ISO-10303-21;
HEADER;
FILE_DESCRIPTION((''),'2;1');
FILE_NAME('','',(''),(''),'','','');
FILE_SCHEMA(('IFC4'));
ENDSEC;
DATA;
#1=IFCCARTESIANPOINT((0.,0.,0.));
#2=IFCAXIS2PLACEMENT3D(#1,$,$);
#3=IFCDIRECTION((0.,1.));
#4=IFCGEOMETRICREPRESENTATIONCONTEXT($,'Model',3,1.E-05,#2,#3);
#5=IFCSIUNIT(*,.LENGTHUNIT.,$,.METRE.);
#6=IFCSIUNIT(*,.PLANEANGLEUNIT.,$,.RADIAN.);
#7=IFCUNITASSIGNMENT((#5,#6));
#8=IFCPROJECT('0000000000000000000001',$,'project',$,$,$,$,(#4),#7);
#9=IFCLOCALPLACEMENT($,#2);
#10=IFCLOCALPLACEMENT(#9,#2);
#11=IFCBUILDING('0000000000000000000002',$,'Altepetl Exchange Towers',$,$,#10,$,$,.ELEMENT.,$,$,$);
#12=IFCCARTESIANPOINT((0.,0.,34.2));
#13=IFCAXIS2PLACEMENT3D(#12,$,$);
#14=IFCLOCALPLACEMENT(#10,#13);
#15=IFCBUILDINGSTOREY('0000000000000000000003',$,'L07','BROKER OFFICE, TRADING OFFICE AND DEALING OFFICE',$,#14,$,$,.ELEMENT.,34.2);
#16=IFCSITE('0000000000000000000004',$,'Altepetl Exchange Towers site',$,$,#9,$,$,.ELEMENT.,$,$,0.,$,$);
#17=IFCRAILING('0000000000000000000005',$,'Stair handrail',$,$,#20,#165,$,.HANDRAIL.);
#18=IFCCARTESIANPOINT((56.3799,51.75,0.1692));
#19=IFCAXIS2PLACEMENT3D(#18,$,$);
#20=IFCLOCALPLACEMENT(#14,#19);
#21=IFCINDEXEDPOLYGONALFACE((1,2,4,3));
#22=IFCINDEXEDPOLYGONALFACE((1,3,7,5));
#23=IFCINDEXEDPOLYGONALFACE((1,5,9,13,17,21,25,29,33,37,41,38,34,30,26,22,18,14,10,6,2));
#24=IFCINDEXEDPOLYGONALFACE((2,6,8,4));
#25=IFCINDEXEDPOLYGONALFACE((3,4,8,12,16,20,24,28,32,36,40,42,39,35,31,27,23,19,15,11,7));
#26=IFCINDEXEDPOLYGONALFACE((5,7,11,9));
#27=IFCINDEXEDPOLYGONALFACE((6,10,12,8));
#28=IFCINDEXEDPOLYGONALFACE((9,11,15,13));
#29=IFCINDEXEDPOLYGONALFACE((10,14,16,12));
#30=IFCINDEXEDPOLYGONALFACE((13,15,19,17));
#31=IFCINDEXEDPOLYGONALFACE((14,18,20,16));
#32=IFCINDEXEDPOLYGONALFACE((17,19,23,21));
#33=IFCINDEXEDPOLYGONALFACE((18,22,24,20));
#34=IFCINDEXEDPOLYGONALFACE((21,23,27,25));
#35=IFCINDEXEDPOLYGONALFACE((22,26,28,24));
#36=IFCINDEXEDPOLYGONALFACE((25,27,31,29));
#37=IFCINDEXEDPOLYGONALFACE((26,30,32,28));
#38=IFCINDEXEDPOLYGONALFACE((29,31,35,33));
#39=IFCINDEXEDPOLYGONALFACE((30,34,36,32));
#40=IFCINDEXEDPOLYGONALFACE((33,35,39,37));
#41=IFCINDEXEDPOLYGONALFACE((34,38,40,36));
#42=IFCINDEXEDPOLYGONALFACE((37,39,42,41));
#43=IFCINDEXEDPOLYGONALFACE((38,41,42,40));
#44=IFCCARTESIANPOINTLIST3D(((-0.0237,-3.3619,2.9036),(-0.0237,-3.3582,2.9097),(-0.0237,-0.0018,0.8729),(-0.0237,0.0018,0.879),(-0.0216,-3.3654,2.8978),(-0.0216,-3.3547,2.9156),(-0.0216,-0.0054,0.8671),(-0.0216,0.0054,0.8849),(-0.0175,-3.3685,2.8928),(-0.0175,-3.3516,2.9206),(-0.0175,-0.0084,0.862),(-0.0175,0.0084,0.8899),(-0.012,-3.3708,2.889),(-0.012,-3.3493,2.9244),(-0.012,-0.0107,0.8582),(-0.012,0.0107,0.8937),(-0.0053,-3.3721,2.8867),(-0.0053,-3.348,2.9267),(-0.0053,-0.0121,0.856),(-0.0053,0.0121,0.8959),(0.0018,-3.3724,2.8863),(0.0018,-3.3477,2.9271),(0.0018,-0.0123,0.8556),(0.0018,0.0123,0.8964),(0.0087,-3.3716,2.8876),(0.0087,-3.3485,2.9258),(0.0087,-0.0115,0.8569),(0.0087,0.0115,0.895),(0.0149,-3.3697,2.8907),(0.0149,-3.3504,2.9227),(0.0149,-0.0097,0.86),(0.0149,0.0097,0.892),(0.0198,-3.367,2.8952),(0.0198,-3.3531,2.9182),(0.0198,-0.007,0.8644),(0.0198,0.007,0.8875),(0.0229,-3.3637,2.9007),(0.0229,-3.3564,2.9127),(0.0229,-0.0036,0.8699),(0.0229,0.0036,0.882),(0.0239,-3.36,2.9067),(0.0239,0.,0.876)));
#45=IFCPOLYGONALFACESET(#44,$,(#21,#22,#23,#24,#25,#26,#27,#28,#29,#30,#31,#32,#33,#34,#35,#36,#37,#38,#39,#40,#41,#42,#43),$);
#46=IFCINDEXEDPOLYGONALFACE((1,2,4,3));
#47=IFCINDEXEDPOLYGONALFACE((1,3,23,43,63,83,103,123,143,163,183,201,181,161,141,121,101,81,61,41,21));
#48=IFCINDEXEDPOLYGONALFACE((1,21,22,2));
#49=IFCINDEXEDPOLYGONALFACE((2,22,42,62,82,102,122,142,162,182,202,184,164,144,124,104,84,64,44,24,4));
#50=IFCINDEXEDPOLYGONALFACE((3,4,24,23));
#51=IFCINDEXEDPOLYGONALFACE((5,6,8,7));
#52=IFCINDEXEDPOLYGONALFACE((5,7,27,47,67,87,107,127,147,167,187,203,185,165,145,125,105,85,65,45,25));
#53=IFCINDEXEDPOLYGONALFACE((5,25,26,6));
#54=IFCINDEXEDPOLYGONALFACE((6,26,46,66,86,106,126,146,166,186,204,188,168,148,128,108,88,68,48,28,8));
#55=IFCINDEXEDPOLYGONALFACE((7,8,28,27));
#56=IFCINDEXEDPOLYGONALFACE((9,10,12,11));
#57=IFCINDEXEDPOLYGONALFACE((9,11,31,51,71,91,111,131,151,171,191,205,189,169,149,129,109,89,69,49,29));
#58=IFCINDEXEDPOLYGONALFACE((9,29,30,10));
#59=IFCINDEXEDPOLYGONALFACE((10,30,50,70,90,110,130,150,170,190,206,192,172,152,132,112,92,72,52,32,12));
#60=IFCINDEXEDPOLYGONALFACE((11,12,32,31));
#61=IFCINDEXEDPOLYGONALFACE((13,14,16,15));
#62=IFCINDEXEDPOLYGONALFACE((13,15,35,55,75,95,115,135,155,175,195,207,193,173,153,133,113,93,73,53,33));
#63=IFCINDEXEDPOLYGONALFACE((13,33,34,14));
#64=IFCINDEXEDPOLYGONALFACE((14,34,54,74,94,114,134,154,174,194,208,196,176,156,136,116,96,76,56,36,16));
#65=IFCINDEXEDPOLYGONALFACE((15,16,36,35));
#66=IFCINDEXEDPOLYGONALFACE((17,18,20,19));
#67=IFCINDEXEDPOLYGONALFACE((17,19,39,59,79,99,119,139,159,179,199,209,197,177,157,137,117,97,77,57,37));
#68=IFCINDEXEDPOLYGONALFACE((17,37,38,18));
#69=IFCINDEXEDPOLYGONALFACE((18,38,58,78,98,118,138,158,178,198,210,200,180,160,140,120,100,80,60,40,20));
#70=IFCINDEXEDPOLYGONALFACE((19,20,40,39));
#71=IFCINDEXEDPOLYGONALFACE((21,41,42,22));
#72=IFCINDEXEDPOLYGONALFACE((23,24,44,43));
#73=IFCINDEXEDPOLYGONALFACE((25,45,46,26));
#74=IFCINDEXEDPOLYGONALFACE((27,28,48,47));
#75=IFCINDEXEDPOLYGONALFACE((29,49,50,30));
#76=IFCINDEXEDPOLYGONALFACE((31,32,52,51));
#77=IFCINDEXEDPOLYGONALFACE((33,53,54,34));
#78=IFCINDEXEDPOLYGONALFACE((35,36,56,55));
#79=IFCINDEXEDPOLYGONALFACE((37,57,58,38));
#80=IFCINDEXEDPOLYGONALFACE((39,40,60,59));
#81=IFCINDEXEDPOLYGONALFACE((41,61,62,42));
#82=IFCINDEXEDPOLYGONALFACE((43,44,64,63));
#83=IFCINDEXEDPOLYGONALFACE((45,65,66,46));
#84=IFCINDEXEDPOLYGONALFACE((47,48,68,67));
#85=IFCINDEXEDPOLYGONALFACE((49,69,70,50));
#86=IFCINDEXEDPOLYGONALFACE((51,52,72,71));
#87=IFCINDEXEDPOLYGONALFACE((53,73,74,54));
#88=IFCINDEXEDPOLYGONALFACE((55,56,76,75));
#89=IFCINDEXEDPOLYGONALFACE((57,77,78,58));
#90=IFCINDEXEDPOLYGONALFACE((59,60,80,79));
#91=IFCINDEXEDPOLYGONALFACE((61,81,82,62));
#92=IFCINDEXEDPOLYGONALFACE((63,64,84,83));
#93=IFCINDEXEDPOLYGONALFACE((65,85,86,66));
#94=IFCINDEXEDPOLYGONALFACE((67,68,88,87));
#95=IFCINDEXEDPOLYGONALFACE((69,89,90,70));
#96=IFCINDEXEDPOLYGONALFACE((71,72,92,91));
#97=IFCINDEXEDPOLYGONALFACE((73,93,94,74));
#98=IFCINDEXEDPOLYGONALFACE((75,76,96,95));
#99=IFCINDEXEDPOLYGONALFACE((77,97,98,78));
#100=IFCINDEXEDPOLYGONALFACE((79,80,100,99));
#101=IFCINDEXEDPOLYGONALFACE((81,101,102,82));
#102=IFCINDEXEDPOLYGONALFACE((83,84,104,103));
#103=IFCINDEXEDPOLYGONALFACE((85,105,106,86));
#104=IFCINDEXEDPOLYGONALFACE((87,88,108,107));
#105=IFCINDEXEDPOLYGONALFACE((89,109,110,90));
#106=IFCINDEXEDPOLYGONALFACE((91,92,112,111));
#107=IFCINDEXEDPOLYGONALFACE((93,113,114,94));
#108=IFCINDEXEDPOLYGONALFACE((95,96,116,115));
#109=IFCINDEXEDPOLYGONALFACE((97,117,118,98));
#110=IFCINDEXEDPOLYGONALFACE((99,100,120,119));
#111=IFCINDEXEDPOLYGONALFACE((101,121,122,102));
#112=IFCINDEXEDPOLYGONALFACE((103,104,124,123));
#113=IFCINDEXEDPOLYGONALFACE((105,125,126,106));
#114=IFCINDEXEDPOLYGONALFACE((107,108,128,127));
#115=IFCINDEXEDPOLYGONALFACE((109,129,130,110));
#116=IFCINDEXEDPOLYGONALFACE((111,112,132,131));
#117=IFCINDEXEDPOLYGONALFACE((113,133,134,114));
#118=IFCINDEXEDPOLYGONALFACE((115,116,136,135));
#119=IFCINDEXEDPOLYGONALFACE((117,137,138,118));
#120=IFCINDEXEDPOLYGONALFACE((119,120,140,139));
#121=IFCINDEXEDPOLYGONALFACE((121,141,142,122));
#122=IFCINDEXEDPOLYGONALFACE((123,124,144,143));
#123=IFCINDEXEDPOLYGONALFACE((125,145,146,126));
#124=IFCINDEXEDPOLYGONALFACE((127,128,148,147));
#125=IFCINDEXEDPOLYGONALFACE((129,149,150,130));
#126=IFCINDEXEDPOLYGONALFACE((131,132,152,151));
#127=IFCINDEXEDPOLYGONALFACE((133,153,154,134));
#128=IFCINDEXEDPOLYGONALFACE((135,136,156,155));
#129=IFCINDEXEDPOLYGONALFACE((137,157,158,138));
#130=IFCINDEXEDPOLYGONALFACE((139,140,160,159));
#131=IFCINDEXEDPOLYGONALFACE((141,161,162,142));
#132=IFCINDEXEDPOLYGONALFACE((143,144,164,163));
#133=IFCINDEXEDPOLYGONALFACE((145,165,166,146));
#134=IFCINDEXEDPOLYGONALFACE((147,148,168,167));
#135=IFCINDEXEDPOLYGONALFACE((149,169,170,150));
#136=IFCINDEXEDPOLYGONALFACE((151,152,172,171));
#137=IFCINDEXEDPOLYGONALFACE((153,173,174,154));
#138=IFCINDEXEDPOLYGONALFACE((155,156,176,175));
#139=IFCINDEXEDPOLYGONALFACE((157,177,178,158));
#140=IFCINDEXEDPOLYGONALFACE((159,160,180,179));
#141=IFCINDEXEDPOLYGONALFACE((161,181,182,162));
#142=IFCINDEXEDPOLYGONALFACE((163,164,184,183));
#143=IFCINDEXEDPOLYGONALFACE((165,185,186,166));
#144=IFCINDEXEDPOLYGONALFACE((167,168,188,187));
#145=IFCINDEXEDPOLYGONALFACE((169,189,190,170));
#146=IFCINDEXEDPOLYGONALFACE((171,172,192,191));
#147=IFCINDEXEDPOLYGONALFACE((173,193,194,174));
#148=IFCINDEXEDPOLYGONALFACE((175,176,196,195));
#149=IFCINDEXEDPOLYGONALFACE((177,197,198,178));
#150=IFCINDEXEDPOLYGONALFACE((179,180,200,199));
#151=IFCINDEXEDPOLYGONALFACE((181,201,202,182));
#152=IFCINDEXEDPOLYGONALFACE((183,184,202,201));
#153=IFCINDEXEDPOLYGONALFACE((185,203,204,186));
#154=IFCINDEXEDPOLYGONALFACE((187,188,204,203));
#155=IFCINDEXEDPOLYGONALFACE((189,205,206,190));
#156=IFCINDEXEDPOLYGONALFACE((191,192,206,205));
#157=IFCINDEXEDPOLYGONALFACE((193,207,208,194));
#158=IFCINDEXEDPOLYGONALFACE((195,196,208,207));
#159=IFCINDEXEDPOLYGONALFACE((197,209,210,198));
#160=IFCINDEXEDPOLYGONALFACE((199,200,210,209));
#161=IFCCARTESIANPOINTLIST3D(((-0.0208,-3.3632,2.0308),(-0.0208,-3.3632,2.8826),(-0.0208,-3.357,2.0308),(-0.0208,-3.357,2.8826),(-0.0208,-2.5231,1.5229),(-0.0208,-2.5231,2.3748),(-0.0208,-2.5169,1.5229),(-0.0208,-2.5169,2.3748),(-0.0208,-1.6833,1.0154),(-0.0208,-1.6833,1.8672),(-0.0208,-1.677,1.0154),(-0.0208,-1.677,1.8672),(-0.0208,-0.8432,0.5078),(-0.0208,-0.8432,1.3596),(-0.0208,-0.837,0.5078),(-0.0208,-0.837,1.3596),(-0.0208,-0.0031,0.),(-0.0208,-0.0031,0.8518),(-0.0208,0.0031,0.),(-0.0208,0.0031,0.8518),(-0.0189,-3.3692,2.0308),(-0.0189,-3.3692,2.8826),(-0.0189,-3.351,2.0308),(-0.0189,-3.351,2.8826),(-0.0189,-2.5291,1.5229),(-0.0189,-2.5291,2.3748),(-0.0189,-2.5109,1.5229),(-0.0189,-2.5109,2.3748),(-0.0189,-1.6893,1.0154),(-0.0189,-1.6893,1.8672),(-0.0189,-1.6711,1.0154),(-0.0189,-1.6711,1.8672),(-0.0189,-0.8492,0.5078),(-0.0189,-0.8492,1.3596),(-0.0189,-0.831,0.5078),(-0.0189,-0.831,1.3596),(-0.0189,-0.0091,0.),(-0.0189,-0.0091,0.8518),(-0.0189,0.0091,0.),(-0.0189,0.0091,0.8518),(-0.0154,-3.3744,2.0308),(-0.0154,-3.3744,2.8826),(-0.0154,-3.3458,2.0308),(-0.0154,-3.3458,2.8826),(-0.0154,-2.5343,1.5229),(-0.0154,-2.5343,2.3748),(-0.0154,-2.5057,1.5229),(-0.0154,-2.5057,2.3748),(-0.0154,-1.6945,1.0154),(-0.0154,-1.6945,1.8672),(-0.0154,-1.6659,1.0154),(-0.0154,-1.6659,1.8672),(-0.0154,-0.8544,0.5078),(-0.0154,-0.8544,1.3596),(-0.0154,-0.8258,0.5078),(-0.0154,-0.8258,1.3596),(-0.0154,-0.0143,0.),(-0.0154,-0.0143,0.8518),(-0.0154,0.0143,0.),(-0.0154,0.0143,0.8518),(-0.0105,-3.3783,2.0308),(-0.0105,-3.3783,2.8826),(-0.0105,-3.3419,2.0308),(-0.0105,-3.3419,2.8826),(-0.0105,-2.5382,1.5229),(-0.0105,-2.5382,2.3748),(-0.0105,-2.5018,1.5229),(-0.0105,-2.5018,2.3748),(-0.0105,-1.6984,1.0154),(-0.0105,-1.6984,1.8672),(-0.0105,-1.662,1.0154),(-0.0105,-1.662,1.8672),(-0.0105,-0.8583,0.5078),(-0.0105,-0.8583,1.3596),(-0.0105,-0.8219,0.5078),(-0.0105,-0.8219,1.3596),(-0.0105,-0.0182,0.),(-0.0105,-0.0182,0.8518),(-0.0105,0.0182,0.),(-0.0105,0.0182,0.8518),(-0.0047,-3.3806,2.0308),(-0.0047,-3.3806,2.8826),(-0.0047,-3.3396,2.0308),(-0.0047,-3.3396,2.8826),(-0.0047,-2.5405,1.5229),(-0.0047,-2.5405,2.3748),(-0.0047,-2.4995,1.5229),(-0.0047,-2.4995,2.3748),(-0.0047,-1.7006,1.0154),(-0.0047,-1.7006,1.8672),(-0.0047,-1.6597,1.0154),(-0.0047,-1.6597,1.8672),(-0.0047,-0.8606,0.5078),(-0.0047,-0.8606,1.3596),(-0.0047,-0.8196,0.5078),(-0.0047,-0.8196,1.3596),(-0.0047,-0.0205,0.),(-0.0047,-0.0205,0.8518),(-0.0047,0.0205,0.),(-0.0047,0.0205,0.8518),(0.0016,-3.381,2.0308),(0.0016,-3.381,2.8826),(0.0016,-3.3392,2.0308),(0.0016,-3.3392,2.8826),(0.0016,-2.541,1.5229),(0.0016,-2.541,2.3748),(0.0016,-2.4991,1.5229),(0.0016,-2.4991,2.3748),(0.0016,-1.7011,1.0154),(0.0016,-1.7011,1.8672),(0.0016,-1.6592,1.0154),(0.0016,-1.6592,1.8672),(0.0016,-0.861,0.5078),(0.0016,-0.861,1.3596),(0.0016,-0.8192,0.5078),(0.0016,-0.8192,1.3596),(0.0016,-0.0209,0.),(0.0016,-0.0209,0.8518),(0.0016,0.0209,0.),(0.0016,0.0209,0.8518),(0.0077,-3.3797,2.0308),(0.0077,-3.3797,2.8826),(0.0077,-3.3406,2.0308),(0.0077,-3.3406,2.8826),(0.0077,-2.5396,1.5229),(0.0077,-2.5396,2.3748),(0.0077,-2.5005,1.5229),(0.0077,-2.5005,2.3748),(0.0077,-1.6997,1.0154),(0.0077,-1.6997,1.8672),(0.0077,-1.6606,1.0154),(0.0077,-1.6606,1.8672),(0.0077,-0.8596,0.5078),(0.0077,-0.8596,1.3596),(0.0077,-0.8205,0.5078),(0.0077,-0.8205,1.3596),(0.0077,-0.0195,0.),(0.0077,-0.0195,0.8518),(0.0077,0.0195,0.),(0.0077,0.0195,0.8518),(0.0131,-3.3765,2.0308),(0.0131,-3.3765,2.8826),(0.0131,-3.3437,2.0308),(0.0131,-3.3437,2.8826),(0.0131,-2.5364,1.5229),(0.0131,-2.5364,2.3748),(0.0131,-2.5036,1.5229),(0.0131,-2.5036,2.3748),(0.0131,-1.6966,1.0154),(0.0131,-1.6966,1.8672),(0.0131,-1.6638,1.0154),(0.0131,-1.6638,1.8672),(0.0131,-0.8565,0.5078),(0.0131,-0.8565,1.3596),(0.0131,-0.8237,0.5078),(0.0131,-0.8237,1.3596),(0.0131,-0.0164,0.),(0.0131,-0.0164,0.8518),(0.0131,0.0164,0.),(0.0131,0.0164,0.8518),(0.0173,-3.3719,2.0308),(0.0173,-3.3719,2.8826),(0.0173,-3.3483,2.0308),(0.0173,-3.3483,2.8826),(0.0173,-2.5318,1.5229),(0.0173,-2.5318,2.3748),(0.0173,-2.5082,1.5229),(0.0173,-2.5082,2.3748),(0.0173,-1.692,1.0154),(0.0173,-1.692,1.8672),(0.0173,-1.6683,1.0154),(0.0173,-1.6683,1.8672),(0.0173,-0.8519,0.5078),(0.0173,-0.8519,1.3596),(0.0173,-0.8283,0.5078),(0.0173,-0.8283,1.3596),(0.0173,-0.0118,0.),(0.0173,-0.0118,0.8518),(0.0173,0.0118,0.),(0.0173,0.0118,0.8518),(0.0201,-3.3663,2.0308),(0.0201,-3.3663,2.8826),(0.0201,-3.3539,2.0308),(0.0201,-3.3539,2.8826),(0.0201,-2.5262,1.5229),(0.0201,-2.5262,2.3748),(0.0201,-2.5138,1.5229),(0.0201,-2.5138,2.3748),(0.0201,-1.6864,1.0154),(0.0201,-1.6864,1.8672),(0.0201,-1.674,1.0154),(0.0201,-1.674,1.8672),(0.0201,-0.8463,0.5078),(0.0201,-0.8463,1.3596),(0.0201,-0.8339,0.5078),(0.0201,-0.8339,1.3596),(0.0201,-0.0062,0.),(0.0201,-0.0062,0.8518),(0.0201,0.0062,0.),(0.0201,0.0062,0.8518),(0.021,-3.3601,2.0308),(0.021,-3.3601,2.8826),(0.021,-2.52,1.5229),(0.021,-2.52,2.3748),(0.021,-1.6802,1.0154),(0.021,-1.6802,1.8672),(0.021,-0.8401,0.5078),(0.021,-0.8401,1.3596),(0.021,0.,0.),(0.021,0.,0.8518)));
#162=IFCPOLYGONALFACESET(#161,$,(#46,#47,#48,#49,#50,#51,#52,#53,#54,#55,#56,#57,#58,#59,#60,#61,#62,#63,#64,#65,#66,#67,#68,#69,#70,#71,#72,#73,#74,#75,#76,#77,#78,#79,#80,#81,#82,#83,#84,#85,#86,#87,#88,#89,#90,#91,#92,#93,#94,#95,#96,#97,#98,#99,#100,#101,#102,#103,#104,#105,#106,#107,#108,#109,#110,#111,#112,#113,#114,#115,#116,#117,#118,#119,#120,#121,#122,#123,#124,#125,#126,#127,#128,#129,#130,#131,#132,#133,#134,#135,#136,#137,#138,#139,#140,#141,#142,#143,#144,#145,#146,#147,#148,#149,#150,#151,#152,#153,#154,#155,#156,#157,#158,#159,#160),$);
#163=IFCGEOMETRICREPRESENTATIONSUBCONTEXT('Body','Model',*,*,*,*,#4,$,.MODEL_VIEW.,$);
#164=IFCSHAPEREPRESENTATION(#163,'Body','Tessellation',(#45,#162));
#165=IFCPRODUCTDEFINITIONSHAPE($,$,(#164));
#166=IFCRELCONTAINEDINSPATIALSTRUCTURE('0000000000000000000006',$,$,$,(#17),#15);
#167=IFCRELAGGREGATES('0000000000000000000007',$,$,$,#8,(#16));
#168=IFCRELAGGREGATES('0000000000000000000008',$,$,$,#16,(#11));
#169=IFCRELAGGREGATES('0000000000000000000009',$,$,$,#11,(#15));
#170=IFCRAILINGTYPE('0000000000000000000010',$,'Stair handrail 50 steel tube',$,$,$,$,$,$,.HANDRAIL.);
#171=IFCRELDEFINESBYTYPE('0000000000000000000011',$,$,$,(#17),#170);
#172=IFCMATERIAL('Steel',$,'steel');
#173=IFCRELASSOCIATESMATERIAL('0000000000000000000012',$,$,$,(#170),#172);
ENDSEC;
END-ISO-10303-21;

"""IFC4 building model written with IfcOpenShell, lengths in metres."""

from ifc_helpers import new_model, si_unit, direction, frame, origin, origin_2d, place, context, subcontext, project, spatial, circle, extrude, source, transform, mapped, material, type_object, element, save


model = new_model("IFC4")

# Units and contexts
model_context = context("Model", 3, precision=1e-05, world=origin(), true_north=direction((0.0, 1.0)))
body_context = subcontext(model_context, "Body", "Model", "MODEL_VIEW")
ifc_project = project(units=[si_unit("LENGTHUNIT", "METRE"), si_unit("PLANEANGLEUNIT", "RADIAN")], contexts=[model_context])

# Site, building, storey
site_placement = place(None, origin())
site = spatial("IfcSite", under=ifc_project, at=site_placement, Name="Altepetl Exchange Towers site", CompositionType="ELEMENT", RefElevation=0.0)
building_placement = place(site_placement, origin())
building = spatial("IfcBuilding", under=site, at=building_placement, Name="Altepetl Exchange Towers", CompositionType="ELEMENT")
storey_placement = place(building_placement, frame((0.0, 0.0, 34.2)))
storey = spatial("IfcBuildingStorey", under=building, at=storey_placement, Name="L07", Description="BROKER OFFICE, TRADING OFFICE AND DEALING OFFICE", CompositionType="ELEMENT", Elevation=34.2)

# Railing
ifc_material_1 = material(Name="Steel", Category="steel")
railing_type = type_object("IfcRailingType", Name="Stair handrail 50 steel tube", PredefinedType="HANDRAIL", material=ifc_material_1)
shared_shape = source(origin(), body_context, "Body", "SweptSolid", [
    extrude(circle(Radius=0.021, at=origin_2d()), origin(), (0.0, 0.0, 1.0), 0.8518),
])
railing_1_placement = place(storey_placement, frame((56.3799, 51.75, 0.1692)))
element("IfcRailing", 1, at=railing_1_placement, inside=storey, type_object=railing_type, Name="Stair handrail", PredefinedType="HANDRAIL", context=body_context, shape_type="SweptSolid", body=[
    extrude(circle(Radius=0.0239, at=origin_2d()), frame((0.0, 0.0, 0.876), z_axis=(0.0, -0.855837, 0.517246), x_axis=(1.0, 0.0, 0.0)), (0.0, 0.0, 1.0), 3.926),
    mapped(shared_shape, transform((0.0, 0.0, 0.0))),
    mapped(shared_shape, transform((0.0, -0.8401, 0.5078))),
    mapped(shared_shape, transform((0.0, -1.6802, 1.0154))),
    mapped(shared_shape, transform((0.0, -2.52, 1.5229))),
    mapped(shared_shape, transform((0.0, -3.3601, 2.0308))),
])

save(model, "model.ifc")
